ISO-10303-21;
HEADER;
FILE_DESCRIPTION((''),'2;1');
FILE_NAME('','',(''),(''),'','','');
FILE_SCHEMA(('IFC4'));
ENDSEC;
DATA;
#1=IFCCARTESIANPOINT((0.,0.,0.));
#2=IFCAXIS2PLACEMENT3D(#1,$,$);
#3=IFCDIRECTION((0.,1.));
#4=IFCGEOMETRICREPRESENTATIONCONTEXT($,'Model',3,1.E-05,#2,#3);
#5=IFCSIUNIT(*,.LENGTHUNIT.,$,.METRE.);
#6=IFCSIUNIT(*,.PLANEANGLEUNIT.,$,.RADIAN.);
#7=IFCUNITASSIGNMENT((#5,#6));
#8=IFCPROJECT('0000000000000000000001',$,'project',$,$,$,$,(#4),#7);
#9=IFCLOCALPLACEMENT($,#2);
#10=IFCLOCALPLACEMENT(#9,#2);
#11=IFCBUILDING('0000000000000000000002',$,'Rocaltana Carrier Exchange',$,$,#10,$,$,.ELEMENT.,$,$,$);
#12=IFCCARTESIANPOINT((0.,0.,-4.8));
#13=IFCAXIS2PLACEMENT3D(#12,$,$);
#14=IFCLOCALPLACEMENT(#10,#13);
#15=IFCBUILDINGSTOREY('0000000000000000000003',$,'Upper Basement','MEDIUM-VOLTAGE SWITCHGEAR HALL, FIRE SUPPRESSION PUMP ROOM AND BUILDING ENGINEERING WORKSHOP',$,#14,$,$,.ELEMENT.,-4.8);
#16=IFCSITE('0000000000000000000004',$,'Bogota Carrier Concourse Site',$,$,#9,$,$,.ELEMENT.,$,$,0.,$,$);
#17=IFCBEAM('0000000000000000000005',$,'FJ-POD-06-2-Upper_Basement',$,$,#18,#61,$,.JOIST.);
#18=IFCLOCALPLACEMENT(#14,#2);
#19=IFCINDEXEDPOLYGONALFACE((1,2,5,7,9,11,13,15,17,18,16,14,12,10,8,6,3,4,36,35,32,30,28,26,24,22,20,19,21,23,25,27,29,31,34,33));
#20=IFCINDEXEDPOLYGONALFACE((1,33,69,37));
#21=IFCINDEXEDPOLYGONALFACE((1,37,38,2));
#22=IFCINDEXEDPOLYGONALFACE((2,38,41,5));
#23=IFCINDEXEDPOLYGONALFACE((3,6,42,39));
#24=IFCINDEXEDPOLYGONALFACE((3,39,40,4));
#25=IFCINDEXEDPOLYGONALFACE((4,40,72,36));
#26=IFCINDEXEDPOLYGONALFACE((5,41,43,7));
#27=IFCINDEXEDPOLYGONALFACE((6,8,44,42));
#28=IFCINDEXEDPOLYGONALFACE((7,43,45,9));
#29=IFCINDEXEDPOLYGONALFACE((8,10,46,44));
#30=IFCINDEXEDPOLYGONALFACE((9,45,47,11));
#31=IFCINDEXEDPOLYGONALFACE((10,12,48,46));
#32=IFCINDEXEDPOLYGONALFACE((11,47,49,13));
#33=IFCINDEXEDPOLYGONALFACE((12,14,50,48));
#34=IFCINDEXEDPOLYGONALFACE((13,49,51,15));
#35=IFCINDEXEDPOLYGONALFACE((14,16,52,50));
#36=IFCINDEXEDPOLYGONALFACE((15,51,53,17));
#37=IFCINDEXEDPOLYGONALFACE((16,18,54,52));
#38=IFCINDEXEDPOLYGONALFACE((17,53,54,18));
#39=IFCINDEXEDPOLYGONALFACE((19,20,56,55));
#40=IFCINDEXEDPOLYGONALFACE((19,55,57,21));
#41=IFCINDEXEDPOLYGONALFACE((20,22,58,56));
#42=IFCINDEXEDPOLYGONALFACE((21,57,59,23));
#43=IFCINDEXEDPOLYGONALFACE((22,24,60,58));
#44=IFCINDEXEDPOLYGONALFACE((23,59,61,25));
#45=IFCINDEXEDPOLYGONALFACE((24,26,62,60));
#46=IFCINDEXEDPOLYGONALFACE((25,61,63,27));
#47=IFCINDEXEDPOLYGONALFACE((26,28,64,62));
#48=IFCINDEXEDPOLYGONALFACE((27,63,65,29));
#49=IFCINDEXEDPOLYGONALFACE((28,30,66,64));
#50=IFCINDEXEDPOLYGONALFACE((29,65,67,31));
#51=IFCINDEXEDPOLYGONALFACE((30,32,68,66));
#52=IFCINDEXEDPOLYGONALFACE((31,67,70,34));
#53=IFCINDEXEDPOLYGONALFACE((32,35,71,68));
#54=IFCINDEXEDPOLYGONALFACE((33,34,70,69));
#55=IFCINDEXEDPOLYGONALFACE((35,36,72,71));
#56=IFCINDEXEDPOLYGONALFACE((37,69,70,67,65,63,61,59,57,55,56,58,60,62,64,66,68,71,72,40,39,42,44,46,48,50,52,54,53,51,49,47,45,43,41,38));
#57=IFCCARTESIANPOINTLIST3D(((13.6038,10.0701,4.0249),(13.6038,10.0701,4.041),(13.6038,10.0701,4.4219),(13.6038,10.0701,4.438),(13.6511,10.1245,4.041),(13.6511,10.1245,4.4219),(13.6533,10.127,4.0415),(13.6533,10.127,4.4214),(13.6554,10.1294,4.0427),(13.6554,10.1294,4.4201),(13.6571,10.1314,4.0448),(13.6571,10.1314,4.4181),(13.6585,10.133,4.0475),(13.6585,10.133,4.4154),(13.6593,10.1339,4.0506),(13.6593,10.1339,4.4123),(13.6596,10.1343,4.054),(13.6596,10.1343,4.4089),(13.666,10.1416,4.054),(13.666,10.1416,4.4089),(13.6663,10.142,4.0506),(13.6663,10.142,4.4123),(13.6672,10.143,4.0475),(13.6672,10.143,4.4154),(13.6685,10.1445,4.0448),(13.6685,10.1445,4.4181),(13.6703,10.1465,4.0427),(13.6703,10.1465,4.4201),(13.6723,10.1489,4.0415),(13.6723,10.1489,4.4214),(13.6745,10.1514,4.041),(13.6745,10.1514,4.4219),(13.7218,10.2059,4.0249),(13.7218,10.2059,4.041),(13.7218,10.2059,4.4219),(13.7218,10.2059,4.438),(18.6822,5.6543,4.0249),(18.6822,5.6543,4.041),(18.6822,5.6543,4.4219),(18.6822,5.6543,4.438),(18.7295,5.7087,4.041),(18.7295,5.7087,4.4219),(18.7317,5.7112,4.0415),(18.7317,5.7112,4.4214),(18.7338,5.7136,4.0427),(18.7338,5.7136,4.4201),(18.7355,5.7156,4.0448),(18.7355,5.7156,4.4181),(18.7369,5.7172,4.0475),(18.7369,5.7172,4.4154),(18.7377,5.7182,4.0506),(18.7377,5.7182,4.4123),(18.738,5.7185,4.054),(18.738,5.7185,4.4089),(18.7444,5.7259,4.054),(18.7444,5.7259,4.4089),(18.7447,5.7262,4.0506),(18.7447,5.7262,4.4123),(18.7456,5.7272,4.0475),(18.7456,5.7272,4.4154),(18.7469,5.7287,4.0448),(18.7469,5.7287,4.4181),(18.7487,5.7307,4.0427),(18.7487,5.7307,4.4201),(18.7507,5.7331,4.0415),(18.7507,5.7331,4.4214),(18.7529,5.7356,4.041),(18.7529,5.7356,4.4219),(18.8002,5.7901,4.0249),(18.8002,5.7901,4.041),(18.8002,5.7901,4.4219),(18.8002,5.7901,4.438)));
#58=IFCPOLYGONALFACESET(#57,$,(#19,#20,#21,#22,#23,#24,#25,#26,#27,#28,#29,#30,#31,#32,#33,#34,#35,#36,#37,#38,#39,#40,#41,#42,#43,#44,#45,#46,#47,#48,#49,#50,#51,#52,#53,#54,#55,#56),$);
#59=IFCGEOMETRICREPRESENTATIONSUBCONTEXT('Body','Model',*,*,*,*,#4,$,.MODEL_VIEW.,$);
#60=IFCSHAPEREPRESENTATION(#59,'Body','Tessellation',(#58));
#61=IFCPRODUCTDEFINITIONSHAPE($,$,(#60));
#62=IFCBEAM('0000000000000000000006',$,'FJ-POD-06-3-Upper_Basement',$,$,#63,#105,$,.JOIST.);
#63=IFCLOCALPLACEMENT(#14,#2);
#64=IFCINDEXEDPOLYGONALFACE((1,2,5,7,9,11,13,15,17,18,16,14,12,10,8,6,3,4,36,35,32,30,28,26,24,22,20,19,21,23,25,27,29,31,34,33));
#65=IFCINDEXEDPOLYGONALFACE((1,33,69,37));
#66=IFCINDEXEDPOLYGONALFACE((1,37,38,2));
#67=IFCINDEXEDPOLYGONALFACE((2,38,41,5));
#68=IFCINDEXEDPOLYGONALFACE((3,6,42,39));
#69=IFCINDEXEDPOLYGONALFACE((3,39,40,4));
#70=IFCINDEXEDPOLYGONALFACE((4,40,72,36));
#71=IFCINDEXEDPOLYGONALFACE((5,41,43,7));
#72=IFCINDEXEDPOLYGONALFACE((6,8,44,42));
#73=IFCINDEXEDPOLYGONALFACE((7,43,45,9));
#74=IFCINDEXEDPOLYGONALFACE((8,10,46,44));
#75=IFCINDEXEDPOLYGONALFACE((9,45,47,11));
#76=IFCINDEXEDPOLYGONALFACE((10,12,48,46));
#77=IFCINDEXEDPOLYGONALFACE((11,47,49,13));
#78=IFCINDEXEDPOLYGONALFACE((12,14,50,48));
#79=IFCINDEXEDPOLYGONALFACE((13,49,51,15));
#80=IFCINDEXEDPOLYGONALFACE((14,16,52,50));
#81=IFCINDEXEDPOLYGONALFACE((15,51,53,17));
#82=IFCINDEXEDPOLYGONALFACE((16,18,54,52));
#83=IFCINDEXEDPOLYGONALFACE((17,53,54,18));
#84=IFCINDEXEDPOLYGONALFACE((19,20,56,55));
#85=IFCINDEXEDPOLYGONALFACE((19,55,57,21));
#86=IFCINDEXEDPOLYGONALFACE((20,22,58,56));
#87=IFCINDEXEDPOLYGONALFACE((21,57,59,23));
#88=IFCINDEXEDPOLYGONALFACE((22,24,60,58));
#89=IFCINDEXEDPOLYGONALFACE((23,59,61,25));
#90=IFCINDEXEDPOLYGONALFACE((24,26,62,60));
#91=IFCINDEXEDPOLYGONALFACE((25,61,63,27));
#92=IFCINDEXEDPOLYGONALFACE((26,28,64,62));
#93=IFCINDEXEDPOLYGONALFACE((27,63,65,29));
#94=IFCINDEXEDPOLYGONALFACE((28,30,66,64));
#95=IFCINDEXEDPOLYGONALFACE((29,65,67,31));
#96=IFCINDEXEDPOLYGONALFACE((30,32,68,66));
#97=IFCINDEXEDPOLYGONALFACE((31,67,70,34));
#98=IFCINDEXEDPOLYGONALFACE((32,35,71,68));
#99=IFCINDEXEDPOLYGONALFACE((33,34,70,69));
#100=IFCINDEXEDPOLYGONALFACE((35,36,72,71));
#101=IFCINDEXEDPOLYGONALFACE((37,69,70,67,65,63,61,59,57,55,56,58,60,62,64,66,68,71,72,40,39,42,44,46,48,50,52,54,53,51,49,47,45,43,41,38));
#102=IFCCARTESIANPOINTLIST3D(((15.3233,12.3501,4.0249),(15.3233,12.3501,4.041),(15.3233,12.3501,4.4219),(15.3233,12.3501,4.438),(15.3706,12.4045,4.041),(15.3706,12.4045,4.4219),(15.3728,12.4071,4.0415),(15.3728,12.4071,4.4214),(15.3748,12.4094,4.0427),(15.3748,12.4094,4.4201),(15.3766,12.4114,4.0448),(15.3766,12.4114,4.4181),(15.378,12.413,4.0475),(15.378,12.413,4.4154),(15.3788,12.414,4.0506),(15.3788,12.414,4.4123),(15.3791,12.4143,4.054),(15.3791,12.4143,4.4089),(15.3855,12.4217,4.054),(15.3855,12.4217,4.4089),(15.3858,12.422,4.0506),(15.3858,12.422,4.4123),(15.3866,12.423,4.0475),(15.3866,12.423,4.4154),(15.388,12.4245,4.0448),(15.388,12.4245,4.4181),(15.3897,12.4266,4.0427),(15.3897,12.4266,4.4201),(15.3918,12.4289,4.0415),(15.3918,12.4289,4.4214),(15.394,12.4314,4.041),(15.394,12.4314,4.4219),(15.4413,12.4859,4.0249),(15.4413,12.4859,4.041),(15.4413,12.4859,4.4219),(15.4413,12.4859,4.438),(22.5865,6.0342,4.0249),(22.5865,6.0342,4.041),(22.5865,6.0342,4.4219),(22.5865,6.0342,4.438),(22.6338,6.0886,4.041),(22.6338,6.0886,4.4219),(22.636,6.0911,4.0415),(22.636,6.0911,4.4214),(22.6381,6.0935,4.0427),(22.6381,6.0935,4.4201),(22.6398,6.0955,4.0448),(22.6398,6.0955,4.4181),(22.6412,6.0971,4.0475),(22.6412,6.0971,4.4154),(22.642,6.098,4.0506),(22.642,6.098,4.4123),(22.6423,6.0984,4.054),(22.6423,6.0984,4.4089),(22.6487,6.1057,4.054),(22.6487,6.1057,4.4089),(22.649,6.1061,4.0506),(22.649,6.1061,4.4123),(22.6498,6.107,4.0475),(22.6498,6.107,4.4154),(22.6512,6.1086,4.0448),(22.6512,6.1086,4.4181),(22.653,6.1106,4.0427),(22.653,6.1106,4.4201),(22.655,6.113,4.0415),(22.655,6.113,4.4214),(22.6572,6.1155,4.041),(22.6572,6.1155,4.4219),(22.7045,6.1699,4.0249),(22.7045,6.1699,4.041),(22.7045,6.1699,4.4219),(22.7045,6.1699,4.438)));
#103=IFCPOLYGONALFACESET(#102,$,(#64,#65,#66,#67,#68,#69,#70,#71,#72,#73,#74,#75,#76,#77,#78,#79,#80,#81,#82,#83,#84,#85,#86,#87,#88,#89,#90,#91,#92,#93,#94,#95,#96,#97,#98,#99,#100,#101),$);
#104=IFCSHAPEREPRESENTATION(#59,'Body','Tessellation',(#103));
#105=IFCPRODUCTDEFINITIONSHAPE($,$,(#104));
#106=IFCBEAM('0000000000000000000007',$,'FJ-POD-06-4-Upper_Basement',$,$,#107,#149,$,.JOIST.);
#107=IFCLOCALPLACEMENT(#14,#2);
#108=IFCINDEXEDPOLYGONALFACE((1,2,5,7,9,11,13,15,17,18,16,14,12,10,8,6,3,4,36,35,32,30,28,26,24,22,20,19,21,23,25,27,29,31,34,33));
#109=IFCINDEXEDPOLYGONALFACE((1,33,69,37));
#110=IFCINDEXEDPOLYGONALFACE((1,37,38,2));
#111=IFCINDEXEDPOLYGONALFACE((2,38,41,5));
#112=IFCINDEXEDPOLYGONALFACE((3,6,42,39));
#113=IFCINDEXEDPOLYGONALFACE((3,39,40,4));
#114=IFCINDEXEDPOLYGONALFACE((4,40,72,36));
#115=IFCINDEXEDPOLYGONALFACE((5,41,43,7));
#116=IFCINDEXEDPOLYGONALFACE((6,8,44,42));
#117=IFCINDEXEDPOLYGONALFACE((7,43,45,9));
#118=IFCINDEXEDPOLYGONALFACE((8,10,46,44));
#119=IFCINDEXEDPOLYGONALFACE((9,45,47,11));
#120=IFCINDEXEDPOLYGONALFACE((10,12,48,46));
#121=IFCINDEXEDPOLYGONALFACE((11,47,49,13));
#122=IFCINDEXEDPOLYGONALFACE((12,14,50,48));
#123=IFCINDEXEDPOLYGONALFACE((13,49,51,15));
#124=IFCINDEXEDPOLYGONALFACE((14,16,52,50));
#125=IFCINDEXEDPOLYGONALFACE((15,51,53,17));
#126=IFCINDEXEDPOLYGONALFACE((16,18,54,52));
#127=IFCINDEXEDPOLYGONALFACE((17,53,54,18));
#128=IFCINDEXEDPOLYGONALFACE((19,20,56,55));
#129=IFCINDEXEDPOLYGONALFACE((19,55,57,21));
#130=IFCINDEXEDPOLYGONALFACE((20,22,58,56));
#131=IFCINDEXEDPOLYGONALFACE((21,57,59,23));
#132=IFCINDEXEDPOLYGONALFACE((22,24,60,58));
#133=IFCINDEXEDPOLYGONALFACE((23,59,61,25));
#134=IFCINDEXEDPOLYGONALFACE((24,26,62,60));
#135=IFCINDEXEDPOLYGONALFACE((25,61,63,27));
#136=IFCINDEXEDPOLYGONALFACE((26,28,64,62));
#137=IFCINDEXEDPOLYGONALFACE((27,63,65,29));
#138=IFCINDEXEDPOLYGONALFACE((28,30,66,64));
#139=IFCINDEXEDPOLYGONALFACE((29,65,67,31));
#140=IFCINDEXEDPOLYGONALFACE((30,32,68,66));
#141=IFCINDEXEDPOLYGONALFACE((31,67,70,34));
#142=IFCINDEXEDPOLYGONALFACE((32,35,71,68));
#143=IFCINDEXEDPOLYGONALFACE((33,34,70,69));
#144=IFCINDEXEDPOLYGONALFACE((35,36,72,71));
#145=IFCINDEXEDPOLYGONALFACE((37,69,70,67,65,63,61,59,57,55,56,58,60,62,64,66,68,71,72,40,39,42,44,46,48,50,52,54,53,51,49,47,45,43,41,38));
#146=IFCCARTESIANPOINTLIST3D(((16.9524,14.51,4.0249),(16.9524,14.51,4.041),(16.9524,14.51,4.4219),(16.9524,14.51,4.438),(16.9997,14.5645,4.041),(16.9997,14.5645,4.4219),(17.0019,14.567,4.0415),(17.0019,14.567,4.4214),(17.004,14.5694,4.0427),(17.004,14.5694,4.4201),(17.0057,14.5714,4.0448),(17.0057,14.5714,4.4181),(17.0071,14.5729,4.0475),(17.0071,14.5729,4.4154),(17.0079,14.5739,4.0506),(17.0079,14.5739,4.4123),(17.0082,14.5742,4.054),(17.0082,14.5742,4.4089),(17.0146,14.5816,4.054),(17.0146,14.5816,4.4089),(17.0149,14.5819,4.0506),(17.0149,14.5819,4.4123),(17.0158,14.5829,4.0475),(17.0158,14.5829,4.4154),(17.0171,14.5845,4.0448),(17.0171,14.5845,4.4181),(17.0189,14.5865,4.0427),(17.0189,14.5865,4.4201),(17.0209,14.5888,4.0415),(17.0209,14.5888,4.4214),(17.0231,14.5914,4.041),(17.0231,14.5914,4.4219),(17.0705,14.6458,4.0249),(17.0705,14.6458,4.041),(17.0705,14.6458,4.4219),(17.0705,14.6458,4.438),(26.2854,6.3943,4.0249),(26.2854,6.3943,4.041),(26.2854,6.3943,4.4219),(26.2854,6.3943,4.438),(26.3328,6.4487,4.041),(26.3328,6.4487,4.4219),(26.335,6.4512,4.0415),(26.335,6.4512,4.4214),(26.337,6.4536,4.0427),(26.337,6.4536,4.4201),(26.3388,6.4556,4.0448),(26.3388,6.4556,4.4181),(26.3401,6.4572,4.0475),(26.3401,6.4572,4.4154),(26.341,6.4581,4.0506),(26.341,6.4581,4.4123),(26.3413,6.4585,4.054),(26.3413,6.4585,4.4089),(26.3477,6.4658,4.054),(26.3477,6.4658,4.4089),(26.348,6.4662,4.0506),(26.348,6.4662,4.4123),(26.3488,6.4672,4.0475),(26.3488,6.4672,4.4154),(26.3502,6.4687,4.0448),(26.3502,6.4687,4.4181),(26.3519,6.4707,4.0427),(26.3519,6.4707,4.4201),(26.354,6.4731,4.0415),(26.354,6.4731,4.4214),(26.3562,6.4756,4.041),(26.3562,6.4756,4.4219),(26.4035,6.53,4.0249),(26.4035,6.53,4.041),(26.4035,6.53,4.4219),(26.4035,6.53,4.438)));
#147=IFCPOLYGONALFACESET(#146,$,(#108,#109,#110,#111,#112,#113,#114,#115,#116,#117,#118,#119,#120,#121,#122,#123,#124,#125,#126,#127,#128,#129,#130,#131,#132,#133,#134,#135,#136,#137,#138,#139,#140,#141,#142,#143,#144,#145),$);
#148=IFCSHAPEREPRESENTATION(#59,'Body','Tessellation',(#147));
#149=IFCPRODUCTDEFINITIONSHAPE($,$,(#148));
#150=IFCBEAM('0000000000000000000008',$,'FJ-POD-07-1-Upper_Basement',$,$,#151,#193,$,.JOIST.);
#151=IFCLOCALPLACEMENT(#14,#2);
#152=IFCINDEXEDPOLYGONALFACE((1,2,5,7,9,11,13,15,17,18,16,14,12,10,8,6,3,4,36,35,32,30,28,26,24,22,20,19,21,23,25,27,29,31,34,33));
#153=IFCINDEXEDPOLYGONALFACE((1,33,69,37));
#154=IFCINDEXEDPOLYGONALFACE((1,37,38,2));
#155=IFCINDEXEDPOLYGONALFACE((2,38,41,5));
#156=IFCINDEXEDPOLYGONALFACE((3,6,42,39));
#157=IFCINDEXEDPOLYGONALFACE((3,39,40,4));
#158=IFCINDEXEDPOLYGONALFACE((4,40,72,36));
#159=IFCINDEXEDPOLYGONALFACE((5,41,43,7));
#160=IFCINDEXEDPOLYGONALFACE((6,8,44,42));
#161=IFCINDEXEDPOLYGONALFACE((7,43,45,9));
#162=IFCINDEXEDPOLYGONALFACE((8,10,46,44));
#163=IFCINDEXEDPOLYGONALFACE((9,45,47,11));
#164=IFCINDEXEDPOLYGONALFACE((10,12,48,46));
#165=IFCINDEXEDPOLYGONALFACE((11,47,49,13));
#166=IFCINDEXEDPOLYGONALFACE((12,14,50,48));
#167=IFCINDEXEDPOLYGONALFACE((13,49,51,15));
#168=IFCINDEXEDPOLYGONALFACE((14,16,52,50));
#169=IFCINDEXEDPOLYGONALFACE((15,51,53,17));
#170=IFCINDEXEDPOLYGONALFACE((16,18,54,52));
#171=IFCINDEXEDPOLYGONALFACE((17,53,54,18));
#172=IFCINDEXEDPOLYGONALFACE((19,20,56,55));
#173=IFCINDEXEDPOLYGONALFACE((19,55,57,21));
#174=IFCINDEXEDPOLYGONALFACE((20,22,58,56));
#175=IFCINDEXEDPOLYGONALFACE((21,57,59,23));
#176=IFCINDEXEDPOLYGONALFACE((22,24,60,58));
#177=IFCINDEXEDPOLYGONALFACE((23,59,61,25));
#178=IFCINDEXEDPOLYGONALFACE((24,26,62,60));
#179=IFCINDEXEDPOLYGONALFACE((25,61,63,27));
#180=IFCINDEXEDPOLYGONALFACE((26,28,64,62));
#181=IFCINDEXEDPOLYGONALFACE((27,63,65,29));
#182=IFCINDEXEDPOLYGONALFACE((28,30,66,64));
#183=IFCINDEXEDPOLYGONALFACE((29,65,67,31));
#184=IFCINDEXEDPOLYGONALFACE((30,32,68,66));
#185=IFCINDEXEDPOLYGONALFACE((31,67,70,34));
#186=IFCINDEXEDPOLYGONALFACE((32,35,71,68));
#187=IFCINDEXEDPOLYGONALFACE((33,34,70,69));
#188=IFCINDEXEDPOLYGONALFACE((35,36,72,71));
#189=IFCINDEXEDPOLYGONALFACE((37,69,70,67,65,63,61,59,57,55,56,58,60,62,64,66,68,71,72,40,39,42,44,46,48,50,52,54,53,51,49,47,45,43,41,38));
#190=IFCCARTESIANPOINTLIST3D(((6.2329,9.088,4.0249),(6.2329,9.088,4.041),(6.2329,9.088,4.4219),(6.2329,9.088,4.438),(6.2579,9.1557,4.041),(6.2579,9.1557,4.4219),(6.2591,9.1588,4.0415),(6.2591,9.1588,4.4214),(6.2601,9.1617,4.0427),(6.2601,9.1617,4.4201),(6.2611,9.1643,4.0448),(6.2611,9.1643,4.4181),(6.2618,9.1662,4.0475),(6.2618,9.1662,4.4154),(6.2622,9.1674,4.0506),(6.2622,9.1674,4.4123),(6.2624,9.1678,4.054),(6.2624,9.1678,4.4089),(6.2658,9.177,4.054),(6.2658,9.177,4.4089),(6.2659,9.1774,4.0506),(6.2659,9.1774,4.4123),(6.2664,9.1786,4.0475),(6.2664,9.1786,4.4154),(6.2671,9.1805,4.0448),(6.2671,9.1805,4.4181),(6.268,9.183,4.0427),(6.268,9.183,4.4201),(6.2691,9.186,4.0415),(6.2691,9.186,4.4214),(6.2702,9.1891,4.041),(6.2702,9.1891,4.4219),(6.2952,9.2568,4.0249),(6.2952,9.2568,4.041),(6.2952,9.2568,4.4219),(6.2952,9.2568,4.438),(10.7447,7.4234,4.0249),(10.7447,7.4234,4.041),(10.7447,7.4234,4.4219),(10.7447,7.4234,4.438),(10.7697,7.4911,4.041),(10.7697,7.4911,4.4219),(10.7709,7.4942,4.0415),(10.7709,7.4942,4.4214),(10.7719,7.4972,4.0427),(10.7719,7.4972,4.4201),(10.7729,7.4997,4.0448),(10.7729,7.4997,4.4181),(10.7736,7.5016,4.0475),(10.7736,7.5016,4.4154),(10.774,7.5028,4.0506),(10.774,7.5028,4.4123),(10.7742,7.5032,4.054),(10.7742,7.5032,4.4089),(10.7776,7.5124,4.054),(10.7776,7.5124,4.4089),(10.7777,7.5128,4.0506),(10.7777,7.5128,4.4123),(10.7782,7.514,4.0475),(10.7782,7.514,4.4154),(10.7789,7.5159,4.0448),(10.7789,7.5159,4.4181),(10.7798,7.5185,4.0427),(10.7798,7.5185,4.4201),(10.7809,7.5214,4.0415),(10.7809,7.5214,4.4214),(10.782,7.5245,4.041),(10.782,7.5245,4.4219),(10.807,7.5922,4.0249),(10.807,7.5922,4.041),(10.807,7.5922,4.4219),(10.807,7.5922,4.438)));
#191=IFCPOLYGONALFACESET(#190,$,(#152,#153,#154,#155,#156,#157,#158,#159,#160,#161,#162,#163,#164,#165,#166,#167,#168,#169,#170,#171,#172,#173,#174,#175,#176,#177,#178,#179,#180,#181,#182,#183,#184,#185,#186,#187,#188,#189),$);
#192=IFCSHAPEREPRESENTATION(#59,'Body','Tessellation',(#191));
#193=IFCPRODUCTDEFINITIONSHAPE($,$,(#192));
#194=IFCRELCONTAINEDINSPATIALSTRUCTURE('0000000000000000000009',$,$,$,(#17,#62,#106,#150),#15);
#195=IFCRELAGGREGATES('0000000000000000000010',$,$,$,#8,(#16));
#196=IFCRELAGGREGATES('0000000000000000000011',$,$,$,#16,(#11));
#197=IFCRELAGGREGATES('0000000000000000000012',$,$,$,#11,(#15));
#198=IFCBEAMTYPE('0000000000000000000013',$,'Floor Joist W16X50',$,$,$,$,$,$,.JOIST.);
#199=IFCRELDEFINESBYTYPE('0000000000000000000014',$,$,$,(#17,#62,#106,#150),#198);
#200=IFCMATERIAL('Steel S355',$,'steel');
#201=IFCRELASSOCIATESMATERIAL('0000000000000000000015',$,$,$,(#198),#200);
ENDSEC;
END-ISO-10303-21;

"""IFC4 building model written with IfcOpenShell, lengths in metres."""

from ifc_helpers import new_model, si_unit, direction, frame, origin, origin_2d, place, context, subcontext, project, spatial, i_section, extrude, material, material_profile, profile_set, type_object, element, save


model = new_model("IFC4")

# Units and contexts
model_context = context("Model", 3, precision=1e-05, world=origin(), true_north=direction((0.0, 1.0)))
body_context = subcontext(model_context, "Body", "Model", "MODEL_VIEW")
ifc_project = project(units=[si_unit("LENGTHUNIT", "METRE"), si_unit("PLANEANGLEUNIT", "RADIAN")], contexts=[model_context])

# Site, building, storey
site_placement = place(None, origin())
site = spatial("IfcSite", under=ifc_project, at=site_placement, Name="Bogota Carrier Concourse Site", CompositionType="ELEMENT", RefElevation=0.0)
building_placement = place(site_placement, origin())
building = spatial("IfcBuilding", under=site, at=building_placement, Name="Rocaltana Carrier Exchange", CompositionType="ELEMENT")
storey_placement = place(building_placement, frame((0.0, 0.0, -4.8)))
storey = spatial("IfcBuildingStorey", under=building, at=storey_placement, Name="Upper Basement", Description="MEDIUM-VOLTAGE SWITCHGEAR HALL, FIRE SUPPRESSION PUMP ROOM AND BUILDING ENGINEERING WORKSHOP", CompositionType="ELEMENT", Elevation=-4.8)

# Beams
ifc_material_1 = material(Name="Steel S355", Category="steel")
ifc_material_profile_1 = material_profile(ifc_material_1, i_section(OverallWidth=0.1799, OverallDepth=0.4131, WebThickness=0.0098, FlangeThickness=0.0161, FilletRadius=0.0129, at=origin_2d()), Name="W16X50")
ifc_profile_set_1 = profile_set([ifc_material_profile_1], Name="Steel S355")
beam_type_1 = type_object("IfcBeamType", Name="Floor Joist W16X50", PredefinedType="JOIST", material=ifc_profile_set_1)
beam_1_placement = place(storey_placement, frame((18.7412, 5.7222, 4.2314), z_axis=(-0.75462, 0.656162, 0.0), x_axis=(-0.656162, -0.75462, 0.0)))
element("IfcBeam", 1, at=beam_1_placement, inside=storey, type_object=beam_type_1, Name="FJ-POD-06-2-Upper_Basement", PredefinedType="JOIST", context=body_context, shape_type="SweptSolid", body=[
    extrude(i_section(OverallWidth=0.1799, OverallDepth=0.4131, WebThickness=0.0098, FlangeThickness=0.0161, FilletRadius=0.0129, at=origin_2d()), origin(), (0.0, 0.0, 1.0), 6.7297),
])
beam_2_placement = place(storey_placement, frame((22.6455, 6.1021, 4.2314), z_axis=(-0.7546, 0.656185, 0.0), x_axis=(-0.656185, -0.7546, 0.0)))
element("IfcBeam", 2, at=beam_2_placement, inside=storey, type_object=beam_type_1, Name="FJ-POD-06-3-Upper_Basement", PredefinedType="JOIST", context=body_context, shape_type="SweptSolid", body=[
    extrude(i_section(OverallWidth=0.1799, OverallDepth=0.4131, WebThickness=0.0098, FlangeThickness=0.0161, FilletRadius=0.0129, at=origin_2d()), origin(), (0.0, 0.0, 1.0), 9.6252),
])
beam_3_placement = place(storey_placement, frame((26.3445, 6.4622, 4.2314), z_axis=(-0.754603, 0.656182, 0.0), x_axis=(-0.656182, -0.754603, 0.0)))
element("IfcBeam", 3, at=beam_3_placement, inside=storey, type_object=beam_type_1, Name="FJ-POD-06-4-Upper_Basement", PredefinedType="JOIST", context=body_context, shape_type="SweptSolid", body=[
    extrude(i_section(OverallWidth=0.1799, OverallDepth=0.4131, WebThickness=0.0098, FlangeThickness=0.0161, FilletRadius=0.0129, at=origin_2d()), origin(), (0.0, 0.0, 1.0), 12.3682),
])
beam_4_placement = place(storey_placement, frame((10.7759, 7.5078, 4.2314), z_axis=(-0.938185, 0.346134, 0.0), x_axis=(-0.346134, -0.938185, 0.0)))
element("IfcBeam", 4, at=beam_4_placement, inside=storey, type_object=beam_type_1, Name="FJ-POD-07-1-Upper_Basement", PredefinedType="JOIST", context=body_context, shape_type="SweptSolid", body=[
    extrude(i_section(OverallWidth=0.1799, OverallDepth=0.4131, WebThickness=0.0098, FlangeThickness=0.0161, FilletRadius=0.0129, at=origin_2d()), origin(), (0.0, 0.0, 1.0), 4.8091),
])

save(model, "model.ifc")
